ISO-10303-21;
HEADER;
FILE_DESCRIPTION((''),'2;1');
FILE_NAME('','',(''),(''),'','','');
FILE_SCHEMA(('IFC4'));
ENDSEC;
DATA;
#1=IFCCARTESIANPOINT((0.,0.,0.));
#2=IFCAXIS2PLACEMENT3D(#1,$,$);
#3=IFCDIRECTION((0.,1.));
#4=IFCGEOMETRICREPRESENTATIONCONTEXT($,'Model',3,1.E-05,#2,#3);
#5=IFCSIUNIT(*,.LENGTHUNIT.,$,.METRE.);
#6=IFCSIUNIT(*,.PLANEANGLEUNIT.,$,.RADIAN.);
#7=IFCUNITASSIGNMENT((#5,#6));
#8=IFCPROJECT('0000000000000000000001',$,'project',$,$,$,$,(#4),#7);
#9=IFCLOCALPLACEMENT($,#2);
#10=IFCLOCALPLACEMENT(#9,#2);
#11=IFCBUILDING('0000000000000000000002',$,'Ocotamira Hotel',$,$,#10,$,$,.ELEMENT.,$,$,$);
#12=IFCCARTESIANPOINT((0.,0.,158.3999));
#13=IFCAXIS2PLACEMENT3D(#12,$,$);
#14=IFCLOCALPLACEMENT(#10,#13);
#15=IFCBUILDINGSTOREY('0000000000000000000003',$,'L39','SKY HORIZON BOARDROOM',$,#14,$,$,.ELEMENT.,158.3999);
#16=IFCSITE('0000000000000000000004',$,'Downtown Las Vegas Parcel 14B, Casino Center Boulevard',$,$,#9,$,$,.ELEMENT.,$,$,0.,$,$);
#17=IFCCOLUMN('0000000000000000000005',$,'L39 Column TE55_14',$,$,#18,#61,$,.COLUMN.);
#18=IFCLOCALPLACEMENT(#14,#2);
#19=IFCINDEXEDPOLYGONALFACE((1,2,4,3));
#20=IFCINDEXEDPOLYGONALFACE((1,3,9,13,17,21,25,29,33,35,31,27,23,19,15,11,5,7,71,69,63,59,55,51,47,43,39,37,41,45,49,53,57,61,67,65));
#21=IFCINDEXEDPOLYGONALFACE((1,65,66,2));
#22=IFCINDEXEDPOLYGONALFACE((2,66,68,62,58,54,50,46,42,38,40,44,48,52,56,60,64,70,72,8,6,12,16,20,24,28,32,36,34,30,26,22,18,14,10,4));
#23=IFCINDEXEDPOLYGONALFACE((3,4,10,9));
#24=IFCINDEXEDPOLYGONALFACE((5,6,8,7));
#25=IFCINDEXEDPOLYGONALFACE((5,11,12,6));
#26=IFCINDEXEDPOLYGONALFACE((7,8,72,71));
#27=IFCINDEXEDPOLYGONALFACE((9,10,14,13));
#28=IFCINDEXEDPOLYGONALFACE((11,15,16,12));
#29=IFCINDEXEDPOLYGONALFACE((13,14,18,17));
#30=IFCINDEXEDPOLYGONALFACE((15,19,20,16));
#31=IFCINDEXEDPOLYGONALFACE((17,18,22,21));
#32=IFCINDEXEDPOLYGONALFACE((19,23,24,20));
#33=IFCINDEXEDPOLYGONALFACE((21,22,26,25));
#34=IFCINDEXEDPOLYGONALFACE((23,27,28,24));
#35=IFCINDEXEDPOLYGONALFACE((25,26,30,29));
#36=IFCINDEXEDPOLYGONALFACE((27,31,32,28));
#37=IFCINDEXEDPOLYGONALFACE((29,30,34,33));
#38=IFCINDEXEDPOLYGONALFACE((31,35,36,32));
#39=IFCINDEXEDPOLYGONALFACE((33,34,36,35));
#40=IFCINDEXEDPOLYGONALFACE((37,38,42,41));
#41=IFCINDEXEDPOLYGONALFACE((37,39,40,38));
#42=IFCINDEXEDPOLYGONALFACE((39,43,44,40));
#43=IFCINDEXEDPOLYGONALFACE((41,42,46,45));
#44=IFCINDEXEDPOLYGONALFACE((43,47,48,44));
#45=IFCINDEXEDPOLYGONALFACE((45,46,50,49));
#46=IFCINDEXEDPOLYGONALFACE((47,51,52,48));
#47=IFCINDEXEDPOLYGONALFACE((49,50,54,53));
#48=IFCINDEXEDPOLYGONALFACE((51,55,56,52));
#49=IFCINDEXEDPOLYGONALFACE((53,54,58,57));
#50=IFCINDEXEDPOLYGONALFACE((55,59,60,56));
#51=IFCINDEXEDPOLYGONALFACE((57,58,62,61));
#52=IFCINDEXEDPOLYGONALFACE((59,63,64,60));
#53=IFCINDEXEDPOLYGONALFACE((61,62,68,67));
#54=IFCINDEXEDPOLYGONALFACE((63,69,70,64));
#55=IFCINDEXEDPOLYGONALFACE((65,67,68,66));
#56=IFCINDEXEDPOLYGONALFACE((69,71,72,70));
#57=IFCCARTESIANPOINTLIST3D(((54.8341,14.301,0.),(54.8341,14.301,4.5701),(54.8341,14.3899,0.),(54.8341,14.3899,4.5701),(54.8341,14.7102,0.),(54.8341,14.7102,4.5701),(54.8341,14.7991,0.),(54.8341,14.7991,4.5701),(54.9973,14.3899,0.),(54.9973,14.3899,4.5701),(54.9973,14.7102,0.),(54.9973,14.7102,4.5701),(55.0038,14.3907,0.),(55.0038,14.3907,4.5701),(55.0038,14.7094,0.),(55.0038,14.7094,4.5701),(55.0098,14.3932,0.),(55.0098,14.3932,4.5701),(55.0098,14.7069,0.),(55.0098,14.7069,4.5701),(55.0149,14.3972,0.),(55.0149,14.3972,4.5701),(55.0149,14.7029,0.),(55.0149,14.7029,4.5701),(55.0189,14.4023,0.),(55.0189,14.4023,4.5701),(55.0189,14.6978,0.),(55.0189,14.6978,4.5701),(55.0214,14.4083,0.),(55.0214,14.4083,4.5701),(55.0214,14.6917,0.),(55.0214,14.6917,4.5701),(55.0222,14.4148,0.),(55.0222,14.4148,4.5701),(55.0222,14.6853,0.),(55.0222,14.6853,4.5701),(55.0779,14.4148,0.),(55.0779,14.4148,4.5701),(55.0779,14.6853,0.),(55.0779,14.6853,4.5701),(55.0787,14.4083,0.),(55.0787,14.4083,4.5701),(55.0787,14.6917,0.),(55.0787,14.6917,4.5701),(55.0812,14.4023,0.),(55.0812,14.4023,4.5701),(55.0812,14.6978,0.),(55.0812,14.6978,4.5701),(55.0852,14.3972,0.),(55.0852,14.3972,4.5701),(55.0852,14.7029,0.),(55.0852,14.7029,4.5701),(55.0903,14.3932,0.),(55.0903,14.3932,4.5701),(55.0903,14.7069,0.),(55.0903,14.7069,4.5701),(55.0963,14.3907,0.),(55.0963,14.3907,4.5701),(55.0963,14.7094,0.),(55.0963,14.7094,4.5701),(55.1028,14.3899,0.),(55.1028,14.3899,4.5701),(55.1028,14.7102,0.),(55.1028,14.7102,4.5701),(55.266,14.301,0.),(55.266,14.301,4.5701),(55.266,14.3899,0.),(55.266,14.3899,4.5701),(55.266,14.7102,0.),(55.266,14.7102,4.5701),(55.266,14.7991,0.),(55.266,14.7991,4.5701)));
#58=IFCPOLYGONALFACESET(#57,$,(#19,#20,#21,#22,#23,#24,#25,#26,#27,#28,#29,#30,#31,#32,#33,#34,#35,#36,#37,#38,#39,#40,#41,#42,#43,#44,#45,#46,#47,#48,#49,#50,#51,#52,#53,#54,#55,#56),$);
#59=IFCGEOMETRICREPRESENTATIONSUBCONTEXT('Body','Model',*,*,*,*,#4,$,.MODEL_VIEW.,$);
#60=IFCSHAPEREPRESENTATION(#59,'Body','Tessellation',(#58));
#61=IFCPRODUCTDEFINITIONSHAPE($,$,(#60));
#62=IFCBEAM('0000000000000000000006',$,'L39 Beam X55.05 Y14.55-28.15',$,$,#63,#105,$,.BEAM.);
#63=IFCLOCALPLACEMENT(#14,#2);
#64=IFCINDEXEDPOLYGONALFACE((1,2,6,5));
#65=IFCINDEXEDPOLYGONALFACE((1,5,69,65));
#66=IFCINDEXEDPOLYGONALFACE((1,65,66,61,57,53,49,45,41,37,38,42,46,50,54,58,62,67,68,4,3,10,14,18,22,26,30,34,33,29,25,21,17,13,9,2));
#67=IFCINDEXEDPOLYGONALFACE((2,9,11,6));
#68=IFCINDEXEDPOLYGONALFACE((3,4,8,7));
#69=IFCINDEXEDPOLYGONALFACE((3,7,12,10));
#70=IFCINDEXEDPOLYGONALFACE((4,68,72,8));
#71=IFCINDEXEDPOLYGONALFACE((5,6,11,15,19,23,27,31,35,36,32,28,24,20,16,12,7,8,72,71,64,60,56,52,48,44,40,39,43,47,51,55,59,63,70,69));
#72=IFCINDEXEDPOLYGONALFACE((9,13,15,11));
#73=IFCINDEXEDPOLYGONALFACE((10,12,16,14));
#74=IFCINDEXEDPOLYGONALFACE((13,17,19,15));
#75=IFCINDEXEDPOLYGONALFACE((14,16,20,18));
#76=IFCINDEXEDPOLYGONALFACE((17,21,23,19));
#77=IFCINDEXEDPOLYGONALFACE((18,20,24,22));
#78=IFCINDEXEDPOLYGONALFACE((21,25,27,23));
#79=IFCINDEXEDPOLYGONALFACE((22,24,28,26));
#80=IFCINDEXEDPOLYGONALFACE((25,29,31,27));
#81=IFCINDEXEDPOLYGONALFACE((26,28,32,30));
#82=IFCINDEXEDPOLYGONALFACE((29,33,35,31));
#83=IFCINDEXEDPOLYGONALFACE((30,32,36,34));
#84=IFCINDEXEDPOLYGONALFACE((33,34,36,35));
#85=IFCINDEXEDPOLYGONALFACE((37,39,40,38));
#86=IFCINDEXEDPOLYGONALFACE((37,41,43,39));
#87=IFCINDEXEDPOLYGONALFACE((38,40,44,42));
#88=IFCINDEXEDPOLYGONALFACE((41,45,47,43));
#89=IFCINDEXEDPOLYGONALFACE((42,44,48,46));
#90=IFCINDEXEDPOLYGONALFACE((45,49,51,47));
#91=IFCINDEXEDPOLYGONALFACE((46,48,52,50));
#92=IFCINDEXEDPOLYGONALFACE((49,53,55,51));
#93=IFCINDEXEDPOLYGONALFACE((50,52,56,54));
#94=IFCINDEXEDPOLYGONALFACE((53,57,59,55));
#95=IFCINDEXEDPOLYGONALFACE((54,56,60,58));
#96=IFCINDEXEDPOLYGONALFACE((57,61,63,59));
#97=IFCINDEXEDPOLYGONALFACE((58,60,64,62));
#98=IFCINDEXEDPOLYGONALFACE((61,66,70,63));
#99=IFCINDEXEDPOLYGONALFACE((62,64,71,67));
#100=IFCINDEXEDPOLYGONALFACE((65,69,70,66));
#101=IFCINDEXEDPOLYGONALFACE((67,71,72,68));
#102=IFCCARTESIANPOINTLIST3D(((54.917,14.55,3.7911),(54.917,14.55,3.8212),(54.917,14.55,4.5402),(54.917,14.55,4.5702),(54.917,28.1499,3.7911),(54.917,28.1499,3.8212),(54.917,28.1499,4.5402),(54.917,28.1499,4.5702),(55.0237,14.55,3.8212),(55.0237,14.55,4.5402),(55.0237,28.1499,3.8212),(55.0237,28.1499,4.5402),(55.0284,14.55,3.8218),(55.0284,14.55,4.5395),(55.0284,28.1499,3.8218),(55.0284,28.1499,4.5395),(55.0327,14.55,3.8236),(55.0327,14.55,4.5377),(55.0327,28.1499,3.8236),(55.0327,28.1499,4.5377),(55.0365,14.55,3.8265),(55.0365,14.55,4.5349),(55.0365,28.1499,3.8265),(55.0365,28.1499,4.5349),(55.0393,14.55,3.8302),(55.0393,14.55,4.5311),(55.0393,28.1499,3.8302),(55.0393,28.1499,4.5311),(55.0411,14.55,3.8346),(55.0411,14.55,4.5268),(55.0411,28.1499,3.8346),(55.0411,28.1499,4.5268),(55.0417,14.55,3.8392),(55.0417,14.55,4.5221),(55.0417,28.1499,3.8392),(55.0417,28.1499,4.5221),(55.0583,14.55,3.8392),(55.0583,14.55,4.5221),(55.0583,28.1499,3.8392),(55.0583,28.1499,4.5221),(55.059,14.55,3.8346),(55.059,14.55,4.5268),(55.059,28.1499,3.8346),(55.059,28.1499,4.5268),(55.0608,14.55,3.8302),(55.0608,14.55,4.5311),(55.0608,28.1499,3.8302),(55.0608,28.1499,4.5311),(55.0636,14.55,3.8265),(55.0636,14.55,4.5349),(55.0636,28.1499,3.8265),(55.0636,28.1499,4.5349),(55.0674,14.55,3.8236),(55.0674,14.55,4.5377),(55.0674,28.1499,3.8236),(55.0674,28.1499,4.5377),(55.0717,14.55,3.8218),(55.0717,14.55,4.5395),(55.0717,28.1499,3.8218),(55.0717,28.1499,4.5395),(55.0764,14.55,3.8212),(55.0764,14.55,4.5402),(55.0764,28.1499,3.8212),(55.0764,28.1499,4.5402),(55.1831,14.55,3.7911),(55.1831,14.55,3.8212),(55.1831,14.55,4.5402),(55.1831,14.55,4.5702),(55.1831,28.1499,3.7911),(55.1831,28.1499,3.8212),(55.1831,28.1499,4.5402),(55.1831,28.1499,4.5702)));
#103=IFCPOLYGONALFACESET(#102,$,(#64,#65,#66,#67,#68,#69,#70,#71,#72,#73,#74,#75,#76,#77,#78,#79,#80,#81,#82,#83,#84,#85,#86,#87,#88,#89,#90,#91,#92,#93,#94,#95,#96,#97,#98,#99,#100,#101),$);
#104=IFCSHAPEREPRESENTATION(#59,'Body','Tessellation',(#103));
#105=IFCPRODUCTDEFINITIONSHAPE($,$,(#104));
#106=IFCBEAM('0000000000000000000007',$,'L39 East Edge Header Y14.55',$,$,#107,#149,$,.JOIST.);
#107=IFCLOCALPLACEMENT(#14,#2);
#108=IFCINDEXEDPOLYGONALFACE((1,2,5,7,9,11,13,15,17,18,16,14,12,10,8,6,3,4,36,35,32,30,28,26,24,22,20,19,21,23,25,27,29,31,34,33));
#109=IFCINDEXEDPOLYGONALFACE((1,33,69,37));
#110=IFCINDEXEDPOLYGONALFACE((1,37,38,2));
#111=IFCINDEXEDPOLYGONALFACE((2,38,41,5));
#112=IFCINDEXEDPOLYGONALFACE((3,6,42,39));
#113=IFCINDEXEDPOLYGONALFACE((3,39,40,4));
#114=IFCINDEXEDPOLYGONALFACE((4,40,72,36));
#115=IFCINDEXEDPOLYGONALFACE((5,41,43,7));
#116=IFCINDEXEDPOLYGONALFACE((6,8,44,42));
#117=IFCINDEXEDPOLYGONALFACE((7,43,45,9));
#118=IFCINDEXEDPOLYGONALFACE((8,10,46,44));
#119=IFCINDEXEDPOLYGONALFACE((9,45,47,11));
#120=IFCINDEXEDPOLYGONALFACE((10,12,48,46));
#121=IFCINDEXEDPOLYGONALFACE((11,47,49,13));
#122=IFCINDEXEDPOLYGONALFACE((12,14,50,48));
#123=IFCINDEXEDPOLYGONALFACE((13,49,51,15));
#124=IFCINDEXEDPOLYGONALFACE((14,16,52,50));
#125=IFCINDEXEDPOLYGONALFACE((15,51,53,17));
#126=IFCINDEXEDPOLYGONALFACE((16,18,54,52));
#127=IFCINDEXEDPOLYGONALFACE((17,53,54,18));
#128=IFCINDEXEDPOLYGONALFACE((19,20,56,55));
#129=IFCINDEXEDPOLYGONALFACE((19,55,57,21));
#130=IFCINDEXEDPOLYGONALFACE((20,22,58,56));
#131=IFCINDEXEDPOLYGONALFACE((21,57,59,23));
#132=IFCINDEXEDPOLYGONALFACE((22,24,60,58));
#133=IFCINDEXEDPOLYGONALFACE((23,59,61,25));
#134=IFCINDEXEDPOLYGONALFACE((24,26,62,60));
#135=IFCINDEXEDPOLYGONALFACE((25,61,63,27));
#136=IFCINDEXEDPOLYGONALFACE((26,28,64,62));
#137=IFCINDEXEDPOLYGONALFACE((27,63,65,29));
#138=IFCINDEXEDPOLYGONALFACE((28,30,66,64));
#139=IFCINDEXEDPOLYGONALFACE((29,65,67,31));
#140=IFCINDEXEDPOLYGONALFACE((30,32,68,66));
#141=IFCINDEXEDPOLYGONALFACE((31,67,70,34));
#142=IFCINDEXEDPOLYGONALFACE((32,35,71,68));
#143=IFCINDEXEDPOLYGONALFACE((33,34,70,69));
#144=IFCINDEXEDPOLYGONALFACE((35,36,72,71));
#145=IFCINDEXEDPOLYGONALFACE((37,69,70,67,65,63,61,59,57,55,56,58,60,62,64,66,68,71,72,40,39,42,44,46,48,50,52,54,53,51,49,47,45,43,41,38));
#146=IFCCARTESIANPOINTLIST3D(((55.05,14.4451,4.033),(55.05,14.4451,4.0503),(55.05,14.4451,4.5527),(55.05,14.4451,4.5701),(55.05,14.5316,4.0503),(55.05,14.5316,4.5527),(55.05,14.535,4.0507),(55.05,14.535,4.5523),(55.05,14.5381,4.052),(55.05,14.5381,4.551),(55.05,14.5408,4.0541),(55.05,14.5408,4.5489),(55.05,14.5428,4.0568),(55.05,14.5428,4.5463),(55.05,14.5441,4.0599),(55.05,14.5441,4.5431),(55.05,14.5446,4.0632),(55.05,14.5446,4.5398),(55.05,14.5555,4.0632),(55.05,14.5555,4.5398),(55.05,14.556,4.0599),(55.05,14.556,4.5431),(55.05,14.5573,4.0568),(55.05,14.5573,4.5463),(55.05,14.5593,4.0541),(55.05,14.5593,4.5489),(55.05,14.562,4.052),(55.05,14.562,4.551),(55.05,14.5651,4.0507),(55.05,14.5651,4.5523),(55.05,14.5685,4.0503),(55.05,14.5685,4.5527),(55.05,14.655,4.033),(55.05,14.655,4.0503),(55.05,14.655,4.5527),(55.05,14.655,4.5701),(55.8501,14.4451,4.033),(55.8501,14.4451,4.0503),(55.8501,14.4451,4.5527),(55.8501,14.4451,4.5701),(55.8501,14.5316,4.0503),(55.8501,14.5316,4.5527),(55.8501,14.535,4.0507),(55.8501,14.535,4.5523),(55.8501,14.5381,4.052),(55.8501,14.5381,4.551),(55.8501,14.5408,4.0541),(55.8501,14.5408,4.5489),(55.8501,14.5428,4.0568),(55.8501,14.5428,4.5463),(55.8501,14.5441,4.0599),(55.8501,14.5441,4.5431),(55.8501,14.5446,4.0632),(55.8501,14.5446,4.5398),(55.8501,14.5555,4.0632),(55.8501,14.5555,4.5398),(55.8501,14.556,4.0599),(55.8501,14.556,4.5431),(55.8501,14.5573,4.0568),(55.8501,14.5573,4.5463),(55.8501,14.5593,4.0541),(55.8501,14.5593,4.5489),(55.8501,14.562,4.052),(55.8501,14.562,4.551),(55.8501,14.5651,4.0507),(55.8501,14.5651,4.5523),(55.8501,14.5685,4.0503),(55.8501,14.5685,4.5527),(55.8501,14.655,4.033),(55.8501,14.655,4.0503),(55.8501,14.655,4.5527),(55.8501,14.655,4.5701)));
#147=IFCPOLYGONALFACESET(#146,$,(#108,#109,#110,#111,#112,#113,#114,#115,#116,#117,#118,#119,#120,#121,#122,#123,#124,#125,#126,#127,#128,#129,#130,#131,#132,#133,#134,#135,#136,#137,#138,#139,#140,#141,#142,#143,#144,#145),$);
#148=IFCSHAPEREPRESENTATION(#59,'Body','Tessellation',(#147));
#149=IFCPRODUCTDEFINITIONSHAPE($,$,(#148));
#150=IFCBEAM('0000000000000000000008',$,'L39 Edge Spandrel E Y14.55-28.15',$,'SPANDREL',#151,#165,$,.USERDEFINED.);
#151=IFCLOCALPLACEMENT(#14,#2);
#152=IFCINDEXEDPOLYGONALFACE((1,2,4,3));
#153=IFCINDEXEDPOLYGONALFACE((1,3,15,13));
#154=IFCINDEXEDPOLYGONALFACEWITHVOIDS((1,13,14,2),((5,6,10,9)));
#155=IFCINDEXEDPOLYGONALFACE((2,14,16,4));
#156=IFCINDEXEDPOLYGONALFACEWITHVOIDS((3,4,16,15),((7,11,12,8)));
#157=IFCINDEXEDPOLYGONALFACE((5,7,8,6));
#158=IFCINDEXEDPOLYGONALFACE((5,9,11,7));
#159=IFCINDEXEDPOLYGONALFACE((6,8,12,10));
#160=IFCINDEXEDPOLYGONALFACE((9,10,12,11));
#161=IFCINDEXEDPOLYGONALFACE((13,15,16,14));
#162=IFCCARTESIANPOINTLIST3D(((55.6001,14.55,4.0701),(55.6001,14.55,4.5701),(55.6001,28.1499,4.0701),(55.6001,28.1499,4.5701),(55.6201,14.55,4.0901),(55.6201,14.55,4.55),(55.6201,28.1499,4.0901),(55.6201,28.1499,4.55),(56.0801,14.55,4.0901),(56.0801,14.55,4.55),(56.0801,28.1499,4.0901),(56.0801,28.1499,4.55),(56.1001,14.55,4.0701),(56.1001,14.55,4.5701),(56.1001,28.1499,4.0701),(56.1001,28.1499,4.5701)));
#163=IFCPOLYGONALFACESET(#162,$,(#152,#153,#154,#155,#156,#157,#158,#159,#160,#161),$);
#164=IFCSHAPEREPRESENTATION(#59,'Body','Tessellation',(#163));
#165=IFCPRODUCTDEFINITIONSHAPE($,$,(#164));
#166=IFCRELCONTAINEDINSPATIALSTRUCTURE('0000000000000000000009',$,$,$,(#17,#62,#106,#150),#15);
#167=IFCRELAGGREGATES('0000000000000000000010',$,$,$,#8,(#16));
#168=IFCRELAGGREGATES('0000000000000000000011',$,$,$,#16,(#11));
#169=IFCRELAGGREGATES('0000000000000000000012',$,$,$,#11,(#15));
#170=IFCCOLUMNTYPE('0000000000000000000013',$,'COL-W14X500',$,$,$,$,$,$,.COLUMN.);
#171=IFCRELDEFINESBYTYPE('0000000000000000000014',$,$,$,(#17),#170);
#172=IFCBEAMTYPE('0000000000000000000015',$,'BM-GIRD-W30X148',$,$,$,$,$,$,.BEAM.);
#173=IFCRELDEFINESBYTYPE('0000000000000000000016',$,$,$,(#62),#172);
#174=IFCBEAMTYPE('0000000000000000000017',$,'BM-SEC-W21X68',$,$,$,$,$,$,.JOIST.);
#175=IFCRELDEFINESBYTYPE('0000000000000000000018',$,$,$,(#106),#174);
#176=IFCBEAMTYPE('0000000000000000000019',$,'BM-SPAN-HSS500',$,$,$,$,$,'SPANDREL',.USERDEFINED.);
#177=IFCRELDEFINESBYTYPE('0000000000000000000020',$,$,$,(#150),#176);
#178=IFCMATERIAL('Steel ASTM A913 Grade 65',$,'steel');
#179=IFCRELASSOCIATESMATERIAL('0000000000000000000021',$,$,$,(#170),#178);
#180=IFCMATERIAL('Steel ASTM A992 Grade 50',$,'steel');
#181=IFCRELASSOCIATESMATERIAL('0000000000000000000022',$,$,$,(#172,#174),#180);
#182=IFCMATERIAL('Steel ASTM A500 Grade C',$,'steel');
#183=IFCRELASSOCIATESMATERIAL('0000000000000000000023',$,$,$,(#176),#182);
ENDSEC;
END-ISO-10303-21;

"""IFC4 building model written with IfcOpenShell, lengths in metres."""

from ifc_helpers import new_model, si_unit, direction, frame, origin, origin_2d, place, context, subcontext, project, spatial, hollow_rectangle, i_section, extrude, source, transform, mapped, material, material_profile, profile_set, type_object, element, save


model = new_model("IFC4")

# Units and contexts
model_context = context("Model", 3, precision=1e-05, world=origin(), true_north=direction((0.0, 1.0)))
body_context = subcontext(model_context, "Body", "Model", "MODEL_VIEW")
ifc_project = project(units=[si_unit("LENGTHUNIT", "METRE"), si_unit("PLANEANGLEUNIT", "RADIAN")], contexts=[model_context])

# Site, building, storey
site_placement = place(None, origin())
site = spatial("IfcSite", under=ifc_project, at=site_placement, Name="Downtown Las Vegas Parcel 14B, Casino Center Boulevard", CompositionType="ELEMENT", RefElevation=0.0)
building_placement = place(site_placement, origin())
building = spatial("IfcBuilding", under=site, at=building_placement, Name="Ocotamira Hotel", CompositionType="ELEMENT")
storey_placement = place(building_placement, frame((0.0, 0.0, 158.3999)))
storey = spatial("IfcBuildingStorey", under=building, at=storey_placement, Name="L39", Description="SKY HORIZON BOARDROOM", CompositionType="ELEMENT", Elevation=158.3999)

# Column
ifc_material_1 = material(Name="Steel ASTM A913 Grade 65", Category="steel")
ifc_material_profile_1 = material_profile(ifc_material_1, i_section(OverallWidth=0.4319, OverallDepth=0.498, WebThickness=0.0557, FlangeThickness=0.0889, FilletRadius=0.0249, at=origin_2d()), Name="W14X500")
ifc_profile_set_1 = profile_set([ifc_material_profile_1], Name="Steel ASTM A913 Grade 65")
column_type = type_object("IfcColumnType", Name="COL-W14X500", PredefinedType="COLUMN", material=ifc_profile_set_1)
shared_shape_1 = source(origin(), body_context, "Body", "SweptSolid", [
    extrude(i_section(OverallWidth=0.4319, OverallDepth=0.498, WebThickness=0.0557, FlangeThickness=0.0889, FilletRadius=0.0249, at=origin_2d()), origin(), (0.0, 0.0, 1.0), 4.5701),
])
column_placement = place(storey_placement, frame((55.05, 14.55, 0.0), z_axis=(0.0, 0.0, 1.0), x_axis=(1.0, 0.0, 0.0)))
element("IfcColumn", 1, at=column_placement, inside=storey, type_object=column_type, Name="L39 Column TE55_14", PredefinedType="COLUMN", context=body_context, shape_type="MappedRepresentation", body=[
    mapped(shared_shape_1, transform((0.0, 0.0, 0.0), scale=1.0)),
])

# Beams
ifc_material_2 = material(Name="Steel ASTM A992 Grade 50", Category="steel")
ifc_material_profile_2 = material_profile(ifc_material_2, i_section(OverallWidth=0.2661, OverallDepth=0.7791, WebThickness=0.0166, FlangeThickness=0.03, FilletRadius=0.0181, at=origin_2d()), Name="W30X148")
ifc_profile_set_2 = profile_set([ifc_material_profile_2], Name="Steel ASTM A992 Grade 50")
beam_type_1 = type_object("IfcBeamType", Name="BM-GIRD-W30X148", PredefinedType="BEAM", material=ifc_profile_set_2)
shared_shape_2 = source(origin(), body_context, "Body", "SweptSolid", [
    extrude(i_section(OverallWidth=0.2661, OverallDepth=0.7791, WebThickness=0.0166, FlangeThickness=0.03, FilletRadius=0.0181, at=origin_2d()), origin(), (0.0, 0.0, 1.0), 13.5999),
])
beam_1_placement = place(storey_placement, frame((55.05, 14.55, 4.1807), z_axis=(0.0, 1.0, 0.0), x_axis=(-1.0, 0.0, 0.0)))
element("IfcBeam", 2, at=beam_1_placement, inside=storey, type_object=beam_type_1, Name="L39 Beam X55.05 Y14.55-28.15", PredefinedType="BEAM", context=body_context, shape_type="MappedRepresentation", body=[
    mapped(shared_shape_2, transform((0.0, 0.0, 0.0), scale=1.0)),
])
ifc_material_profile_3 = material_profile(ifc_material_2, i_section(OverallWidth=0.21, OverallDepth=0.5371, WebThickness=0.011, FlangeThickness=0.0173, FilletRadius=0.0129, at=origin_2d()), Name="W21X68")
ifc_profile_set_3 = profile_set([ifc_material_profile_3], Name="Steel ASTM A992 Grade 50")
beam_type_2 = type_object("IfcBeamType", Name="BM-SEC-W21X68", PredefinedType="JOIST", material=ifc_profile_set_3)
shared_shape_3 = source(origin(), body_context, "Body", "SweptSolid", [
    extrude(i_section(OverallWidth=0.21, OverallDepth=0.5371, WebThickness=0.011, FlangeThickness=0.0173, FilletRadius=0.0129, at=origin_2d()), origin(), (0.0, 0.0, 1.0), 0.8),
])
beam_2_placement = place(storey_placement, frame((55.05, 14.55, 4.3015), z_axis=(1.0, 0.0, 0.0), x_axis=(0.0, 1.0, 0.0)))
element("IfcBeam", 3, at=beam_2_placement, inside=storey, type_object=beam_type_2, Name="L39 East Edge Header Y14.55", PredefinedType="JOIST", context=body_context, shape_type="MappedRepresentation", body=[
    mapped(shared_shape_3, transform((0.0, 0.0, 0.0), scale=1.0)),
])
ifc_material_3 = material(Name="Steel ASTM A500 Grade C", Category="steel")
ifc_material_profile_4 = material_profile(ifc_material_3, hollow_rectangle(XDim=0.5, YDim=0.5, WallThickness=0.02, at=origin_2d()), Name="HSS500X500X20")
ifc_profile_set_4 = profile_set([ifc_material_profile_4], Name="Steel ASTM A500 Grade C")
beam_type_3 = type_object("IfcBeamType", Name="BM-SPAN-HSS500", ElementType="SPANDREL", PredefinedType="USERDEFINED", material=ifc_profile_set_4)
shared_shape_4 = source(origin(), body_context, "Body", "SweptSolid", [
    extrude(hollow_rectangle(XDim=0.5, YDim=0.5, WallThickness=0.02, at=origin_2d()), origin(), (0.0, 0.0, 1.0), 13.5999),
])
beam_3_placement = place(storey_placement, frame((55.8501, 14.55, 4.3201), z_axis=(0.0, 1.0, 0.0), x_axis=(-1.0, 0.0, 0.0)))
element("IfcBeam", 4, at=beam_3_placement, inside=storey, type_object=beam_type_3, Name="L39 Edge Spandrel E Y14.55-28.15", ObjectType="SPANDREL", PredefinedType="USERDEFINED", context=body_context, shape_type="MappedRepresentation", body=[
    mapped(shared_shape_4, transform((0.0, 0.0, 0.0), scale=1.0)),
])

save(model, "model.ifc")
